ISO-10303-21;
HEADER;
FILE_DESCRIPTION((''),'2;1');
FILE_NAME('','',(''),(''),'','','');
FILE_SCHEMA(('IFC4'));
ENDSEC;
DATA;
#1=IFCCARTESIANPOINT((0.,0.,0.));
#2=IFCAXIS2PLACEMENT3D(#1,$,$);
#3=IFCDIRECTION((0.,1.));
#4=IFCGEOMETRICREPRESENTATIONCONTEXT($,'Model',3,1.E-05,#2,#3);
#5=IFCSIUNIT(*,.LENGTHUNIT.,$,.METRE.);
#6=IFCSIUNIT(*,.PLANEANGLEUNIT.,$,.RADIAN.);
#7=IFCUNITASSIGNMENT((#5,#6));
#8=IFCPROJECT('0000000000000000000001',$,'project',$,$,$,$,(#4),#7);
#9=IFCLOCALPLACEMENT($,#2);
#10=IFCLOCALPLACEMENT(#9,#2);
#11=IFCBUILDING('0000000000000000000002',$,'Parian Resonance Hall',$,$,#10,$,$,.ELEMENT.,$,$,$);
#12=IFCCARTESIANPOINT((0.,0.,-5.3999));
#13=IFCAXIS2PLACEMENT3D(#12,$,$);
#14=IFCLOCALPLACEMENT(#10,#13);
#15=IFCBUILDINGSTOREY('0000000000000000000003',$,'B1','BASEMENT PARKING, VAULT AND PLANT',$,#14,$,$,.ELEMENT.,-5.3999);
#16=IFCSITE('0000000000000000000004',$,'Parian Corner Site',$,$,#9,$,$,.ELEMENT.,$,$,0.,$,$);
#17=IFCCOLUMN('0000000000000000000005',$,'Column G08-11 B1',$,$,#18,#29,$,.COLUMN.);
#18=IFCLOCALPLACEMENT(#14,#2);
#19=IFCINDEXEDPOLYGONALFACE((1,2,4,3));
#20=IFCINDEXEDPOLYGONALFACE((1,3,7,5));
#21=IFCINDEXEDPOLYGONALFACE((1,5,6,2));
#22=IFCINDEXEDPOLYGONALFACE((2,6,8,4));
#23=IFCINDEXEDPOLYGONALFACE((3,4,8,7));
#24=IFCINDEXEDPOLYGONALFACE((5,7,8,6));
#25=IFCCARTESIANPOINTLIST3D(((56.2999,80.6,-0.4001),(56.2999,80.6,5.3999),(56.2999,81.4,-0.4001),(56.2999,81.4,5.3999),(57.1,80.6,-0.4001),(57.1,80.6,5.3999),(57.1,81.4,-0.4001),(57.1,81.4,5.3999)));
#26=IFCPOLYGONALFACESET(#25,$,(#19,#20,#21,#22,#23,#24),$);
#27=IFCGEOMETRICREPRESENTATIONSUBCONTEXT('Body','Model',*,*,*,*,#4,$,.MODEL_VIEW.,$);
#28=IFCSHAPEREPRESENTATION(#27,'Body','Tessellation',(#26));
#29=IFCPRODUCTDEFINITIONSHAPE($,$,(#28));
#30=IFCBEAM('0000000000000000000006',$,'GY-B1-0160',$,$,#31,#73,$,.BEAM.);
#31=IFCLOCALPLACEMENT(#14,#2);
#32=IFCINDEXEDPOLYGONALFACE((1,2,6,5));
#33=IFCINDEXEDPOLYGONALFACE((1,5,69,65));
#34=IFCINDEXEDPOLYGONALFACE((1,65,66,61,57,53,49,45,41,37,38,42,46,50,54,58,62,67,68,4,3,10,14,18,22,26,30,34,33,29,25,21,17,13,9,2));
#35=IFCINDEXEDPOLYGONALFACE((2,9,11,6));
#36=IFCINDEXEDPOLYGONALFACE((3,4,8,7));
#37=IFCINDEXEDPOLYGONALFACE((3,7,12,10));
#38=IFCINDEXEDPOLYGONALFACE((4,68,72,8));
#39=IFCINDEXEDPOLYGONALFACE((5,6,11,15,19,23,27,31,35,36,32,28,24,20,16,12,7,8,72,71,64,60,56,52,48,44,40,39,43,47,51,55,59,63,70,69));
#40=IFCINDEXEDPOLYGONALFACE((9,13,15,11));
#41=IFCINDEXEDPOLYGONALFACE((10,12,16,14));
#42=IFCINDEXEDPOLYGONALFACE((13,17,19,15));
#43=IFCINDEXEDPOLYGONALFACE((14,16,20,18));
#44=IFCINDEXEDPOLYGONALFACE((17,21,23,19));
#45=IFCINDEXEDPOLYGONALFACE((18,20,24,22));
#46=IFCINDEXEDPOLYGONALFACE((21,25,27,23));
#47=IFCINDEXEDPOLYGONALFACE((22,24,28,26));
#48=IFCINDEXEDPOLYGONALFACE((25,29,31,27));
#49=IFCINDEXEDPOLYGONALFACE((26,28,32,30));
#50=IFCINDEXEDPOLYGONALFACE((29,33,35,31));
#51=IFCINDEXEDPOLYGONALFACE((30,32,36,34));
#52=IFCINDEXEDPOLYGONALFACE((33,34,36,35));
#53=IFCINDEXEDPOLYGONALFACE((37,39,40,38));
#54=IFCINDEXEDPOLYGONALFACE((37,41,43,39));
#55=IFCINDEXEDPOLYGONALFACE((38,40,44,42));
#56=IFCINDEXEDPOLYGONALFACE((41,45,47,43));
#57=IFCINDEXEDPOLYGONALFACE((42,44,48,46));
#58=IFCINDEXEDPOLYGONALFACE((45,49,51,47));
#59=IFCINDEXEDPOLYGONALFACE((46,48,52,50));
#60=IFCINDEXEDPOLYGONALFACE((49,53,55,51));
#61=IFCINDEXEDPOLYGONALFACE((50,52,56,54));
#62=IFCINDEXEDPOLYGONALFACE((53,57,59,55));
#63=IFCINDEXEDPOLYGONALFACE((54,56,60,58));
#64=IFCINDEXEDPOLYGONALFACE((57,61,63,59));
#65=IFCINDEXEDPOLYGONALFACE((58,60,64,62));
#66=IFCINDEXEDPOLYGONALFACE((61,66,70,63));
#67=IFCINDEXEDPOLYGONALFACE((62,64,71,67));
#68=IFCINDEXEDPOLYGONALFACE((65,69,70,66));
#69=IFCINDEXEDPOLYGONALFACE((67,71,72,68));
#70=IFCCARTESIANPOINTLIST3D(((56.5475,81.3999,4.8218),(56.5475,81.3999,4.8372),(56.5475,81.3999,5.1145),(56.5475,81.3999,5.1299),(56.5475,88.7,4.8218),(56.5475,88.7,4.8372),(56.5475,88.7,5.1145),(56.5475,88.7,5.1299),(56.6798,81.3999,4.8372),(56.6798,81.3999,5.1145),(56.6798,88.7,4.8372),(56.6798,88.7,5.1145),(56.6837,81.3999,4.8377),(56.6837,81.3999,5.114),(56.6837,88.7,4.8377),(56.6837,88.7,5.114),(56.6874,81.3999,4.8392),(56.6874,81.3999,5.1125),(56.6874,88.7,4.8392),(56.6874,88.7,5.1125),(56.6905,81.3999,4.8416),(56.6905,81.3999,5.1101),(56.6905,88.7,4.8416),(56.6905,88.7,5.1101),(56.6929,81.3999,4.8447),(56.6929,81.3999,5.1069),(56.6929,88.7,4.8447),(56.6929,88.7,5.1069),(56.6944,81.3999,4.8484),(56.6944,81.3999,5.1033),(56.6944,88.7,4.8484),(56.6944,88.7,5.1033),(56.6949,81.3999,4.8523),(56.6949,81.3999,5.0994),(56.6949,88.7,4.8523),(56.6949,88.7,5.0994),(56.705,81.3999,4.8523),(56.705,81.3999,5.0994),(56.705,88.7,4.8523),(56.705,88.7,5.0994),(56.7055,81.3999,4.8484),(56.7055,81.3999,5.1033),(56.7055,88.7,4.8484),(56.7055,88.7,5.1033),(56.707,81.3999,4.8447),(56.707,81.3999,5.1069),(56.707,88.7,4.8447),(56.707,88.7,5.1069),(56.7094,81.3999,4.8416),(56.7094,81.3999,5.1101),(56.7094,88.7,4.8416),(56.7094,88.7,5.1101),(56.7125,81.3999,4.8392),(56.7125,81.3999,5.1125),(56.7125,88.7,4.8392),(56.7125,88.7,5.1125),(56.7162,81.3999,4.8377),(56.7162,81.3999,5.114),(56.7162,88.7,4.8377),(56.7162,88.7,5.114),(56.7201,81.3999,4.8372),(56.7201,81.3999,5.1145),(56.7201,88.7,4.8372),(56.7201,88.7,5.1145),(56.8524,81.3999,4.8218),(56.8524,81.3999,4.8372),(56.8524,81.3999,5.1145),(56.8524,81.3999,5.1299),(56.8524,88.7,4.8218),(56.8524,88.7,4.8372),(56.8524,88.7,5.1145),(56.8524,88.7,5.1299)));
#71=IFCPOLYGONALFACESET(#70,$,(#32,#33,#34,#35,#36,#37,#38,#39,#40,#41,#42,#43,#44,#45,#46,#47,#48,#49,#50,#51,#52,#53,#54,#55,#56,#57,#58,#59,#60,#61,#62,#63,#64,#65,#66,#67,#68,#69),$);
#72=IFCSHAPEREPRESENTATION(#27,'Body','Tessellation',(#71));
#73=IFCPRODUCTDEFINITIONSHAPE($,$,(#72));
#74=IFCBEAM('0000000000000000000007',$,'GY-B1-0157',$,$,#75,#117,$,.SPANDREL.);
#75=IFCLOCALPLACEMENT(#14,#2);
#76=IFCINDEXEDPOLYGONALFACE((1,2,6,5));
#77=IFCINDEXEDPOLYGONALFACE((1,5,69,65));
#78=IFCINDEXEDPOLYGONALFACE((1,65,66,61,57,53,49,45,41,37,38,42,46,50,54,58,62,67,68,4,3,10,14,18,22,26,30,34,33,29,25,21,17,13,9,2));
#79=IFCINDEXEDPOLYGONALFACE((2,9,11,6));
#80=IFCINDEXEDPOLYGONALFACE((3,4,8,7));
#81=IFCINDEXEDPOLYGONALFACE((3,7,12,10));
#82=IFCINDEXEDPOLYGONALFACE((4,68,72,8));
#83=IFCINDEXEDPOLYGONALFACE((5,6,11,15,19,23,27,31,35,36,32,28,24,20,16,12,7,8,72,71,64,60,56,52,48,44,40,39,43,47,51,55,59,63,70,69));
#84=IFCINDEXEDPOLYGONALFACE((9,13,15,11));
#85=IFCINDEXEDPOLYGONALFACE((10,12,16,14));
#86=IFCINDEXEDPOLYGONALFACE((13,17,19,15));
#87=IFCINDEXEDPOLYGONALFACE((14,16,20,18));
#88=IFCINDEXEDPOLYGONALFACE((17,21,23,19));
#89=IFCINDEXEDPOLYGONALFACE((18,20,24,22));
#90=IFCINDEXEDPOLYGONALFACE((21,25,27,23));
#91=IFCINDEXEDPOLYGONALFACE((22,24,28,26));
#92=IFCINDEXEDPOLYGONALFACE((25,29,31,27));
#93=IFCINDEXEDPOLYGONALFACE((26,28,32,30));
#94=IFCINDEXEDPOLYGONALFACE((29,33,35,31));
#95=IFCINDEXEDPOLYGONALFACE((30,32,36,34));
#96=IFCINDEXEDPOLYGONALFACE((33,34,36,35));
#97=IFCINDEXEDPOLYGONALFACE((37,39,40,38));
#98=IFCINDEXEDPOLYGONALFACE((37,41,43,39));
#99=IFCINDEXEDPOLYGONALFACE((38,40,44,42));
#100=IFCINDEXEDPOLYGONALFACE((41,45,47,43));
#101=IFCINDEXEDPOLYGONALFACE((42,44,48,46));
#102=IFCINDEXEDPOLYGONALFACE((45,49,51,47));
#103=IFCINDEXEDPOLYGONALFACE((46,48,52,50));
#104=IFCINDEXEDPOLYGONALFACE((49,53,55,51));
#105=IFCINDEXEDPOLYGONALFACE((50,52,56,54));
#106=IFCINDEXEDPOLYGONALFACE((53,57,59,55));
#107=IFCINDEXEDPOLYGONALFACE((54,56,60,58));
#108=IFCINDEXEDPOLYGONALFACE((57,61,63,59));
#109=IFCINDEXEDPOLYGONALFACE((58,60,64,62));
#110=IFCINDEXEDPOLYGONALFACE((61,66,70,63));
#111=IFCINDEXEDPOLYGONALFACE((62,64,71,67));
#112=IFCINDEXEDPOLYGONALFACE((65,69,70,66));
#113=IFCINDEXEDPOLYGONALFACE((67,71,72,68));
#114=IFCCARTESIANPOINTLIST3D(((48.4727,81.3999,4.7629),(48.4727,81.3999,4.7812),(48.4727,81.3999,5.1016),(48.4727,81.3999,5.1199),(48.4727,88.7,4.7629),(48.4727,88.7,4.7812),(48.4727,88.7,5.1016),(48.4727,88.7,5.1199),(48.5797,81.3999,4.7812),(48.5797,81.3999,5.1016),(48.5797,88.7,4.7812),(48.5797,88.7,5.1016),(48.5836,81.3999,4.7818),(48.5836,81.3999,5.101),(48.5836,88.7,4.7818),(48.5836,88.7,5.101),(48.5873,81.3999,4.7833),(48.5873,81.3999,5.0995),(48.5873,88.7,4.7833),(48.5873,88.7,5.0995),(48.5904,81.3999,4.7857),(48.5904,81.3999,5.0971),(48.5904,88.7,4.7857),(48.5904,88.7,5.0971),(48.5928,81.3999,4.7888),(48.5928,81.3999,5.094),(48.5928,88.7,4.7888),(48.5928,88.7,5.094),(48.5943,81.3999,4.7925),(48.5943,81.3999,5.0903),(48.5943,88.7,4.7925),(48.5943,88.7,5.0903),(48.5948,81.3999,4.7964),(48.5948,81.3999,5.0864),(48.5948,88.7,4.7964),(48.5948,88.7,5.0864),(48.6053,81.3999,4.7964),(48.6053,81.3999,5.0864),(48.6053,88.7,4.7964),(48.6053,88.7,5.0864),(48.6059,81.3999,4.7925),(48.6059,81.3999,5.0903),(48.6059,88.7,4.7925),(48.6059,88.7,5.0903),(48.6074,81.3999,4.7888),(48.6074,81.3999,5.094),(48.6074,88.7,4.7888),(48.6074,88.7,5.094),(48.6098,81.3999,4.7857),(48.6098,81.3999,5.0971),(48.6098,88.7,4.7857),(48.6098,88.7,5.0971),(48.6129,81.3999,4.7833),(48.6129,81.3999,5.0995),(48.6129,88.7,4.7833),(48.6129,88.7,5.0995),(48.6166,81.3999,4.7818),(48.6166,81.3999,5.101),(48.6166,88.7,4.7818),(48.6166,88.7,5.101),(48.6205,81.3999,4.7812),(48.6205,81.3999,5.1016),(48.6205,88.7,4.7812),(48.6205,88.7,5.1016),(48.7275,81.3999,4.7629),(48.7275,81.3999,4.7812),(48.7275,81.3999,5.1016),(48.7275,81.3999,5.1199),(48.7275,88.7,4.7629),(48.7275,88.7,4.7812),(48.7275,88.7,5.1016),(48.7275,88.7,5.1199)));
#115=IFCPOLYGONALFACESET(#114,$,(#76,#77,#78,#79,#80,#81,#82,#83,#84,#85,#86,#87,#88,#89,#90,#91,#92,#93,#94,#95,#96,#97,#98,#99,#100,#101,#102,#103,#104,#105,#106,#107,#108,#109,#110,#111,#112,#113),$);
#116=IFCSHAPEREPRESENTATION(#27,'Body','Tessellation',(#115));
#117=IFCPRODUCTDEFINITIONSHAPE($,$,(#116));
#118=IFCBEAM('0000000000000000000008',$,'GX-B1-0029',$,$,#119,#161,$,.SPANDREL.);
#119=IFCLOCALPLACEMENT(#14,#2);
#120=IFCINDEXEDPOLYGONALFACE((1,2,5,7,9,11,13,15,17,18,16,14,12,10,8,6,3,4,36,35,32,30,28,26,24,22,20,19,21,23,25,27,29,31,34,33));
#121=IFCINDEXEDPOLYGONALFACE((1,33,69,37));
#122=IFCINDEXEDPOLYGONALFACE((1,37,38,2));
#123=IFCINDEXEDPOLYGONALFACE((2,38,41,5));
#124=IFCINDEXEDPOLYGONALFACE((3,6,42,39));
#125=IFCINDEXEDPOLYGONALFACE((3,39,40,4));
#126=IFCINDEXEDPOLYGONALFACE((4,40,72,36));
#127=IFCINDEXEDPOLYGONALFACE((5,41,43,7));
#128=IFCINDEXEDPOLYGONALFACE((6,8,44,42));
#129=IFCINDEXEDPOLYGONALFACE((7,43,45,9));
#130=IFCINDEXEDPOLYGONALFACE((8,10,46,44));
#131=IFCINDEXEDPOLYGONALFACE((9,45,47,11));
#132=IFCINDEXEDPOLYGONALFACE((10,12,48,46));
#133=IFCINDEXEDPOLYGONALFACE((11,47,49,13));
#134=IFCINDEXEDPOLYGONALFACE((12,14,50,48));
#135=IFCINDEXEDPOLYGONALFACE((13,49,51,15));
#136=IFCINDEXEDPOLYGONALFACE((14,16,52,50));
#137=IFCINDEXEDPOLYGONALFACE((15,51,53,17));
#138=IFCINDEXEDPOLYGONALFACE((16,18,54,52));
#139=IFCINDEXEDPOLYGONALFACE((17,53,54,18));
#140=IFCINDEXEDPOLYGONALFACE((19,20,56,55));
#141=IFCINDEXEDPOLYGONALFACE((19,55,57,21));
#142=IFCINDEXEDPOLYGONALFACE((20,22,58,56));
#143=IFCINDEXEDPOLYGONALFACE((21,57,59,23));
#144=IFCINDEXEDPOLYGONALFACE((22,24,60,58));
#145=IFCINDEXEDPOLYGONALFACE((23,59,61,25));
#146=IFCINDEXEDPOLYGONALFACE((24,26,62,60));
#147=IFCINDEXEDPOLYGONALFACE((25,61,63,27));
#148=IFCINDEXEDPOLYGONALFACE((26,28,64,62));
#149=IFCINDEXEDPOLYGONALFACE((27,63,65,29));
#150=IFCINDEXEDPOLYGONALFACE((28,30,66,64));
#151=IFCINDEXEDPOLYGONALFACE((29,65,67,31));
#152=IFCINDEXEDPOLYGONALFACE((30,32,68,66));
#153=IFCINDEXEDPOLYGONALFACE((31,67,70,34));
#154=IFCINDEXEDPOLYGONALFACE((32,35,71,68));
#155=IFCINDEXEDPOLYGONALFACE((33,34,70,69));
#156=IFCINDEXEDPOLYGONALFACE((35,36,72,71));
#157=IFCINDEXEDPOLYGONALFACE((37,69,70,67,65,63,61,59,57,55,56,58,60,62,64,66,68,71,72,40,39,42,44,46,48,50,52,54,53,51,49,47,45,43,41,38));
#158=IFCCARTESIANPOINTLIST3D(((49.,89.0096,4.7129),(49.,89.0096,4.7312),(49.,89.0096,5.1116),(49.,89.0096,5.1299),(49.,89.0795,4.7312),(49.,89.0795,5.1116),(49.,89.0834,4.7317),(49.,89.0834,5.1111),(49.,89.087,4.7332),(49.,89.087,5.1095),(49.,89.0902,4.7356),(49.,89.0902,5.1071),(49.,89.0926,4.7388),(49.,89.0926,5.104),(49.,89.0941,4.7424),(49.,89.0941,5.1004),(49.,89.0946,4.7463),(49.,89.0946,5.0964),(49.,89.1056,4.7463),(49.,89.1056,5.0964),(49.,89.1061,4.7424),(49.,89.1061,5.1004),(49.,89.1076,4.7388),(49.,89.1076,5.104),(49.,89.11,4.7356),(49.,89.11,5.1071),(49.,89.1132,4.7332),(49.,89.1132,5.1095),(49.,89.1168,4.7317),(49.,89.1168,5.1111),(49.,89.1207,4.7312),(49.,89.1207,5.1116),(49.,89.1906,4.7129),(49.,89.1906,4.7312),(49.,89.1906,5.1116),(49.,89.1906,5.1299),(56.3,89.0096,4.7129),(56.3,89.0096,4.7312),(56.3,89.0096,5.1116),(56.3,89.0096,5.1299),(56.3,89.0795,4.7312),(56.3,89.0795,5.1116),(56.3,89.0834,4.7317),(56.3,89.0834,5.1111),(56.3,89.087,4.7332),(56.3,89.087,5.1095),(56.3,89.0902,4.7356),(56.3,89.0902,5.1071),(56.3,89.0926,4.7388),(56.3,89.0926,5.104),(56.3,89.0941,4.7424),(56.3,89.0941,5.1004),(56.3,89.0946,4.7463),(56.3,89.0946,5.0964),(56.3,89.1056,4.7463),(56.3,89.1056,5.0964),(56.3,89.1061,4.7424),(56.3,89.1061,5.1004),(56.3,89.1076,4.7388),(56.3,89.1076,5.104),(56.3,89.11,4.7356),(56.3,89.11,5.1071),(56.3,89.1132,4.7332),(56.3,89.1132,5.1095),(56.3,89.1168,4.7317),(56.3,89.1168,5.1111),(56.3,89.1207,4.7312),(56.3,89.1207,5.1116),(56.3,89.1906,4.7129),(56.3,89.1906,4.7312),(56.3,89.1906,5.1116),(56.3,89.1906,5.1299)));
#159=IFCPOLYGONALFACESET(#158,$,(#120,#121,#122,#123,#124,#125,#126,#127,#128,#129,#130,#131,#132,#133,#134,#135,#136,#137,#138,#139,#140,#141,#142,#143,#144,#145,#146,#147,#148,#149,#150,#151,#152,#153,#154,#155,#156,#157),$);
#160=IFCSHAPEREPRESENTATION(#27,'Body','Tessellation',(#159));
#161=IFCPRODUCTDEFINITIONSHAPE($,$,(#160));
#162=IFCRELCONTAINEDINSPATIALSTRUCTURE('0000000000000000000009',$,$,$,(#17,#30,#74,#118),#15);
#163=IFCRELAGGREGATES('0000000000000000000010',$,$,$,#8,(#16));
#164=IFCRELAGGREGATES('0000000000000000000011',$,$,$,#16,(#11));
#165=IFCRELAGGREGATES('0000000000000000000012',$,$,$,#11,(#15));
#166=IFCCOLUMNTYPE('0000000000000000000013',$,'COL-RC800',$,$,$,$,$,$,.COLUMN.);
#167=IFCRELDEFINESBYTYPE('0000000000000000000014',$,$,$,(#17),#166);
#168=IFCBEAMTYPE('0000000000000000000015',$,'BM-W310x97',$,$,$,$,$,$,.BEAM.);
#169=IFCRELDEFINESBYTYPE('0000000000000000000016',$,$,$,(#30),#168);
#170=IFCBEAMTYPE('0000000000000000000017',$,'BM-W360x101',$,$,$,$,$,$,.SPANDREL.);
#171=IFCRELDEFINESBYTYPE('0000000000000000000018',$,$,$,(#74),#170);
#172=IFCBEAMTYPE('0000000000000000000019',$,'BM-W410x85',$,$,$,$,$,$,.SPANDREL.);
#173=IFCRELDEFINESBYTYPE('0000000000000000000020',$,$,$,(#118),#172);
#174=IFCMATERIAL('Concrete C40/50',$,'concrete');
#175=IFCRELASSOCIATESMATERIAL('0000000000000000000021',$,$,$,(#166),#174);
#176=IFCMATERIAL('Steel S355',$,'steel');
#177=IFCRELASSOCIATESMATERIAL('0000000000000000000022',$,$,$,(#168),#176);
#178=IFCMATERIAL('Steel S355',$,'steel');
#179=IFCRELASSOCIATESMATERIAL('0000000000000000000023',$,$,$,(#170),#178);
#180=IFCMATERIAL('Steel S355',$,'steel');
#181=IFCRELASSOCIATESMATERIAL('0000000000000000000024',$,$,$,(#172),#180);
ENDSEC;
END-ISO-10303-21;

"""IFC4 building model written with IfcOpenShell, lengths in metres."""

from ifc_helpers import new_model, si_unit, direction, frame, origin, origin_2d, place, context, subcontext, project, spatial, rectangle, i_section, extrude, material, material_profile, profile_set, type_object, element, save


model = new_model("IFC4")

# Units and contexts
model_context = context("Model", 3, precision=1e-05, world=origin(), true_north=direction((0.0, 1.0)))
body_context = subcontext(model_context, "Body", "Model", "MODEL_VIEW")
ifc_project = project(units=[si_unit("LENGTHUNIT", "METRE"), si_unit("PLANEANGLEUNIT", "RADIAN")], contexts=[model_context])

# Site, building, storey
site_placement = place(None, origin())
site = spatial("IfcSite", under=ifc_project, at=site_placement, Name="Parian Corner Site", CompositionType="ELEMENT", RefElevation=0.0)
building_placement = place(site_placement, origin())
building = spatial("IfcBuilding", under=site, at=building_placement, Name="Parian Resonance Hall", CompositionType="ELEMENT")
storey_placement = place(building_placement, frame((0.0, 0.0, -5.3999)))
storey = spatial("IfcBuildingStorey", under=building, at=storey_placement, Name="B1", Description="BASEMENT PARKING, VAULT AND PLANT", CompositionType="ELEMENT", Elevation=-5.3999)

# Column
ifc_material_1 = material(Name="Concrete C40/50", Category="concrete")
ifc_material_profile_1 = material_profile(ifc_material_1, rectangle(XDim=0.8, YDim=0.8, at=origin_2d()), Name="RC-COL-800x800")
ifc_profile_set_1 = profile_set([ifc_material_profile_1], Name="Concrete C40/50")
column_type = type_object("IfcColumnType", Name="COL-RC800", PredefinedType="COLUMN", material=ifc_profile_set_1)
for number, where, z_axis, x_axis, name in (
    (1, (56.7, 81.0, -0.4001), (0.0, 0.0, 1.0), (1.0, 0.0, 0.0), "Column G08-11 B1"),
):
    element("IfcColumn", number, at=place(storey_placement, frame(where, z_axis=z_axis, x_axis=x_axis)), inside=storey, type_object=column_type, Name=name, PredefinedType="COLUMN", context=body_context, shape_type="SweptSolid", body=[
        extrude(rectangle(XDim=0.8, YDim=0.8, at=origin_2d()), origin(), (0.0, 0.0, 1.0), 5.8),
    ])

# Beams
ifc_material_2 = material(Name="Steel S355", Category="steel")
ifc_material_profile_2 = material_profile(ifc_material_2, i_section(OverallWidth=0.3049, OverallDepth=0.3081, WebThickness=0.01, FlangeThickness=0.0154, FilletRadius=0.0151, at=origin_2d()), Name="W310x97")
ifc_profile_set_2 = profile_set([ifc_material_profile_2], Name="Steel S355")
beam_type_1 = type_object("IfcBeamType", Name="BM-W310x97", PredefinedType="BEAM", material=ifc_profile_set_2)
beam_1_placement = place(storey_placement, frame((56.7, 81.3999, 4.9758), z_axis=(0.0, 1.0, 0.0), x_axis=(-1.0, 0.0, 0.0)))
element("IfcBeam", 2, at=beam_1_placement, inside=storey, type_object=beam_type_1, Name="GY-B1-0160", PredefinedType="BEAM", context=body_context, shape_type="SweptSolid", body=[
    extrude(i_section(OverallWidth=0.3049, OverallDepth=0.3081, WebThickness=0.01, FlangeThickness=0.0154, FilletRadius=0.0151, at=origin_2d()), origin(), (0.0, 0.0, 1.0), 7.3),
])
ifc_material_3 = material(Name="Steel S355", Category="steel")
ifc_material_profile_3 = material_profile(ifc_material_3, i_section(OverallWidth=0.2549, OverallDepth=0.3569, WebThickness=0.0105, FlangeThickness=0.0183, FilletRadius=0.0151, at=origin_2d()), Name="W360x101")
ifc_profile_set_3 = profile_set([ifc_material_profile_3], Name="Steel S355")
beam_type_2 = type_object("IfcBeamType", Name="BM-W360x101", PredefinedType="SPANDREL", material=ifc_profile_set_3)
beam_2_placement = place(storey_placement, frame((48.6001, 81.3999, 4.9414), z_axis=(0.0, 1.0, 0.0), x_axis=(-1.0, 0.0, 0.0)))
element("IfcBeam", 3, at=beam_2_placement, inside=storey, type_object=beam_type_2, Name="GY-B1-0157", PredefinedType="SPANDREL", context=body_context, shape_type="SweptSolid", body=[
    extrude(i_section(OverallWidth=0.2549, OverallDepth=0.3569, WebThickness=0.0105, FlangeThickness=0.0183, FilletRadius=0.0151, at=origin_2d()), origin(), (0.0, 0.0, 1.0), 7.3),
])
ifc_material_4 = material(Name="Steel S355", Category="steel")
ifc_material_profile_4 = material_profile(ifc_material_4, i_section(OverallWidth=0.1809, OverallDepth=0.417, WebThickness=0.011, FlangeThickness=0.0183, FilletRadius=0.0151, at=origin_2d()), Name="W410x85")
ifc_profile_set_4 = profile_set([ifc_material_profile_4], Name="Steel S355")
beam_type_3 = type_object("IfcBeamType", Name="BM-W410x85", PredefinedType="SPANDREL", material=ifc_profile_set_4)
beam_3_placement = place(storey_placement, frame((49.0, 89.1001, 4.9214), z_axis=(1.0, 0.0, 0.0), x_axis=(0.0, 1.0, 0.0)))
element("IfcBeam", 4, at=beam_3_placement, inside=storey, type_object=beam_type_3, Name="GX-B1-0029", PredefinedType="SPANDREL", context=body_context, shape_type="SweptSolid", body=[
    extrude(i_section(OverallWidth=0.1809, OverallDepth=0.417, WebThickness=0.011, FlangeThickness=0.0183, FilletRadius=0.0151, at=origin_2d()), origin(), (0.0, 0.0, 1.0), 7.3),
])

save(model, "model.ifc")
